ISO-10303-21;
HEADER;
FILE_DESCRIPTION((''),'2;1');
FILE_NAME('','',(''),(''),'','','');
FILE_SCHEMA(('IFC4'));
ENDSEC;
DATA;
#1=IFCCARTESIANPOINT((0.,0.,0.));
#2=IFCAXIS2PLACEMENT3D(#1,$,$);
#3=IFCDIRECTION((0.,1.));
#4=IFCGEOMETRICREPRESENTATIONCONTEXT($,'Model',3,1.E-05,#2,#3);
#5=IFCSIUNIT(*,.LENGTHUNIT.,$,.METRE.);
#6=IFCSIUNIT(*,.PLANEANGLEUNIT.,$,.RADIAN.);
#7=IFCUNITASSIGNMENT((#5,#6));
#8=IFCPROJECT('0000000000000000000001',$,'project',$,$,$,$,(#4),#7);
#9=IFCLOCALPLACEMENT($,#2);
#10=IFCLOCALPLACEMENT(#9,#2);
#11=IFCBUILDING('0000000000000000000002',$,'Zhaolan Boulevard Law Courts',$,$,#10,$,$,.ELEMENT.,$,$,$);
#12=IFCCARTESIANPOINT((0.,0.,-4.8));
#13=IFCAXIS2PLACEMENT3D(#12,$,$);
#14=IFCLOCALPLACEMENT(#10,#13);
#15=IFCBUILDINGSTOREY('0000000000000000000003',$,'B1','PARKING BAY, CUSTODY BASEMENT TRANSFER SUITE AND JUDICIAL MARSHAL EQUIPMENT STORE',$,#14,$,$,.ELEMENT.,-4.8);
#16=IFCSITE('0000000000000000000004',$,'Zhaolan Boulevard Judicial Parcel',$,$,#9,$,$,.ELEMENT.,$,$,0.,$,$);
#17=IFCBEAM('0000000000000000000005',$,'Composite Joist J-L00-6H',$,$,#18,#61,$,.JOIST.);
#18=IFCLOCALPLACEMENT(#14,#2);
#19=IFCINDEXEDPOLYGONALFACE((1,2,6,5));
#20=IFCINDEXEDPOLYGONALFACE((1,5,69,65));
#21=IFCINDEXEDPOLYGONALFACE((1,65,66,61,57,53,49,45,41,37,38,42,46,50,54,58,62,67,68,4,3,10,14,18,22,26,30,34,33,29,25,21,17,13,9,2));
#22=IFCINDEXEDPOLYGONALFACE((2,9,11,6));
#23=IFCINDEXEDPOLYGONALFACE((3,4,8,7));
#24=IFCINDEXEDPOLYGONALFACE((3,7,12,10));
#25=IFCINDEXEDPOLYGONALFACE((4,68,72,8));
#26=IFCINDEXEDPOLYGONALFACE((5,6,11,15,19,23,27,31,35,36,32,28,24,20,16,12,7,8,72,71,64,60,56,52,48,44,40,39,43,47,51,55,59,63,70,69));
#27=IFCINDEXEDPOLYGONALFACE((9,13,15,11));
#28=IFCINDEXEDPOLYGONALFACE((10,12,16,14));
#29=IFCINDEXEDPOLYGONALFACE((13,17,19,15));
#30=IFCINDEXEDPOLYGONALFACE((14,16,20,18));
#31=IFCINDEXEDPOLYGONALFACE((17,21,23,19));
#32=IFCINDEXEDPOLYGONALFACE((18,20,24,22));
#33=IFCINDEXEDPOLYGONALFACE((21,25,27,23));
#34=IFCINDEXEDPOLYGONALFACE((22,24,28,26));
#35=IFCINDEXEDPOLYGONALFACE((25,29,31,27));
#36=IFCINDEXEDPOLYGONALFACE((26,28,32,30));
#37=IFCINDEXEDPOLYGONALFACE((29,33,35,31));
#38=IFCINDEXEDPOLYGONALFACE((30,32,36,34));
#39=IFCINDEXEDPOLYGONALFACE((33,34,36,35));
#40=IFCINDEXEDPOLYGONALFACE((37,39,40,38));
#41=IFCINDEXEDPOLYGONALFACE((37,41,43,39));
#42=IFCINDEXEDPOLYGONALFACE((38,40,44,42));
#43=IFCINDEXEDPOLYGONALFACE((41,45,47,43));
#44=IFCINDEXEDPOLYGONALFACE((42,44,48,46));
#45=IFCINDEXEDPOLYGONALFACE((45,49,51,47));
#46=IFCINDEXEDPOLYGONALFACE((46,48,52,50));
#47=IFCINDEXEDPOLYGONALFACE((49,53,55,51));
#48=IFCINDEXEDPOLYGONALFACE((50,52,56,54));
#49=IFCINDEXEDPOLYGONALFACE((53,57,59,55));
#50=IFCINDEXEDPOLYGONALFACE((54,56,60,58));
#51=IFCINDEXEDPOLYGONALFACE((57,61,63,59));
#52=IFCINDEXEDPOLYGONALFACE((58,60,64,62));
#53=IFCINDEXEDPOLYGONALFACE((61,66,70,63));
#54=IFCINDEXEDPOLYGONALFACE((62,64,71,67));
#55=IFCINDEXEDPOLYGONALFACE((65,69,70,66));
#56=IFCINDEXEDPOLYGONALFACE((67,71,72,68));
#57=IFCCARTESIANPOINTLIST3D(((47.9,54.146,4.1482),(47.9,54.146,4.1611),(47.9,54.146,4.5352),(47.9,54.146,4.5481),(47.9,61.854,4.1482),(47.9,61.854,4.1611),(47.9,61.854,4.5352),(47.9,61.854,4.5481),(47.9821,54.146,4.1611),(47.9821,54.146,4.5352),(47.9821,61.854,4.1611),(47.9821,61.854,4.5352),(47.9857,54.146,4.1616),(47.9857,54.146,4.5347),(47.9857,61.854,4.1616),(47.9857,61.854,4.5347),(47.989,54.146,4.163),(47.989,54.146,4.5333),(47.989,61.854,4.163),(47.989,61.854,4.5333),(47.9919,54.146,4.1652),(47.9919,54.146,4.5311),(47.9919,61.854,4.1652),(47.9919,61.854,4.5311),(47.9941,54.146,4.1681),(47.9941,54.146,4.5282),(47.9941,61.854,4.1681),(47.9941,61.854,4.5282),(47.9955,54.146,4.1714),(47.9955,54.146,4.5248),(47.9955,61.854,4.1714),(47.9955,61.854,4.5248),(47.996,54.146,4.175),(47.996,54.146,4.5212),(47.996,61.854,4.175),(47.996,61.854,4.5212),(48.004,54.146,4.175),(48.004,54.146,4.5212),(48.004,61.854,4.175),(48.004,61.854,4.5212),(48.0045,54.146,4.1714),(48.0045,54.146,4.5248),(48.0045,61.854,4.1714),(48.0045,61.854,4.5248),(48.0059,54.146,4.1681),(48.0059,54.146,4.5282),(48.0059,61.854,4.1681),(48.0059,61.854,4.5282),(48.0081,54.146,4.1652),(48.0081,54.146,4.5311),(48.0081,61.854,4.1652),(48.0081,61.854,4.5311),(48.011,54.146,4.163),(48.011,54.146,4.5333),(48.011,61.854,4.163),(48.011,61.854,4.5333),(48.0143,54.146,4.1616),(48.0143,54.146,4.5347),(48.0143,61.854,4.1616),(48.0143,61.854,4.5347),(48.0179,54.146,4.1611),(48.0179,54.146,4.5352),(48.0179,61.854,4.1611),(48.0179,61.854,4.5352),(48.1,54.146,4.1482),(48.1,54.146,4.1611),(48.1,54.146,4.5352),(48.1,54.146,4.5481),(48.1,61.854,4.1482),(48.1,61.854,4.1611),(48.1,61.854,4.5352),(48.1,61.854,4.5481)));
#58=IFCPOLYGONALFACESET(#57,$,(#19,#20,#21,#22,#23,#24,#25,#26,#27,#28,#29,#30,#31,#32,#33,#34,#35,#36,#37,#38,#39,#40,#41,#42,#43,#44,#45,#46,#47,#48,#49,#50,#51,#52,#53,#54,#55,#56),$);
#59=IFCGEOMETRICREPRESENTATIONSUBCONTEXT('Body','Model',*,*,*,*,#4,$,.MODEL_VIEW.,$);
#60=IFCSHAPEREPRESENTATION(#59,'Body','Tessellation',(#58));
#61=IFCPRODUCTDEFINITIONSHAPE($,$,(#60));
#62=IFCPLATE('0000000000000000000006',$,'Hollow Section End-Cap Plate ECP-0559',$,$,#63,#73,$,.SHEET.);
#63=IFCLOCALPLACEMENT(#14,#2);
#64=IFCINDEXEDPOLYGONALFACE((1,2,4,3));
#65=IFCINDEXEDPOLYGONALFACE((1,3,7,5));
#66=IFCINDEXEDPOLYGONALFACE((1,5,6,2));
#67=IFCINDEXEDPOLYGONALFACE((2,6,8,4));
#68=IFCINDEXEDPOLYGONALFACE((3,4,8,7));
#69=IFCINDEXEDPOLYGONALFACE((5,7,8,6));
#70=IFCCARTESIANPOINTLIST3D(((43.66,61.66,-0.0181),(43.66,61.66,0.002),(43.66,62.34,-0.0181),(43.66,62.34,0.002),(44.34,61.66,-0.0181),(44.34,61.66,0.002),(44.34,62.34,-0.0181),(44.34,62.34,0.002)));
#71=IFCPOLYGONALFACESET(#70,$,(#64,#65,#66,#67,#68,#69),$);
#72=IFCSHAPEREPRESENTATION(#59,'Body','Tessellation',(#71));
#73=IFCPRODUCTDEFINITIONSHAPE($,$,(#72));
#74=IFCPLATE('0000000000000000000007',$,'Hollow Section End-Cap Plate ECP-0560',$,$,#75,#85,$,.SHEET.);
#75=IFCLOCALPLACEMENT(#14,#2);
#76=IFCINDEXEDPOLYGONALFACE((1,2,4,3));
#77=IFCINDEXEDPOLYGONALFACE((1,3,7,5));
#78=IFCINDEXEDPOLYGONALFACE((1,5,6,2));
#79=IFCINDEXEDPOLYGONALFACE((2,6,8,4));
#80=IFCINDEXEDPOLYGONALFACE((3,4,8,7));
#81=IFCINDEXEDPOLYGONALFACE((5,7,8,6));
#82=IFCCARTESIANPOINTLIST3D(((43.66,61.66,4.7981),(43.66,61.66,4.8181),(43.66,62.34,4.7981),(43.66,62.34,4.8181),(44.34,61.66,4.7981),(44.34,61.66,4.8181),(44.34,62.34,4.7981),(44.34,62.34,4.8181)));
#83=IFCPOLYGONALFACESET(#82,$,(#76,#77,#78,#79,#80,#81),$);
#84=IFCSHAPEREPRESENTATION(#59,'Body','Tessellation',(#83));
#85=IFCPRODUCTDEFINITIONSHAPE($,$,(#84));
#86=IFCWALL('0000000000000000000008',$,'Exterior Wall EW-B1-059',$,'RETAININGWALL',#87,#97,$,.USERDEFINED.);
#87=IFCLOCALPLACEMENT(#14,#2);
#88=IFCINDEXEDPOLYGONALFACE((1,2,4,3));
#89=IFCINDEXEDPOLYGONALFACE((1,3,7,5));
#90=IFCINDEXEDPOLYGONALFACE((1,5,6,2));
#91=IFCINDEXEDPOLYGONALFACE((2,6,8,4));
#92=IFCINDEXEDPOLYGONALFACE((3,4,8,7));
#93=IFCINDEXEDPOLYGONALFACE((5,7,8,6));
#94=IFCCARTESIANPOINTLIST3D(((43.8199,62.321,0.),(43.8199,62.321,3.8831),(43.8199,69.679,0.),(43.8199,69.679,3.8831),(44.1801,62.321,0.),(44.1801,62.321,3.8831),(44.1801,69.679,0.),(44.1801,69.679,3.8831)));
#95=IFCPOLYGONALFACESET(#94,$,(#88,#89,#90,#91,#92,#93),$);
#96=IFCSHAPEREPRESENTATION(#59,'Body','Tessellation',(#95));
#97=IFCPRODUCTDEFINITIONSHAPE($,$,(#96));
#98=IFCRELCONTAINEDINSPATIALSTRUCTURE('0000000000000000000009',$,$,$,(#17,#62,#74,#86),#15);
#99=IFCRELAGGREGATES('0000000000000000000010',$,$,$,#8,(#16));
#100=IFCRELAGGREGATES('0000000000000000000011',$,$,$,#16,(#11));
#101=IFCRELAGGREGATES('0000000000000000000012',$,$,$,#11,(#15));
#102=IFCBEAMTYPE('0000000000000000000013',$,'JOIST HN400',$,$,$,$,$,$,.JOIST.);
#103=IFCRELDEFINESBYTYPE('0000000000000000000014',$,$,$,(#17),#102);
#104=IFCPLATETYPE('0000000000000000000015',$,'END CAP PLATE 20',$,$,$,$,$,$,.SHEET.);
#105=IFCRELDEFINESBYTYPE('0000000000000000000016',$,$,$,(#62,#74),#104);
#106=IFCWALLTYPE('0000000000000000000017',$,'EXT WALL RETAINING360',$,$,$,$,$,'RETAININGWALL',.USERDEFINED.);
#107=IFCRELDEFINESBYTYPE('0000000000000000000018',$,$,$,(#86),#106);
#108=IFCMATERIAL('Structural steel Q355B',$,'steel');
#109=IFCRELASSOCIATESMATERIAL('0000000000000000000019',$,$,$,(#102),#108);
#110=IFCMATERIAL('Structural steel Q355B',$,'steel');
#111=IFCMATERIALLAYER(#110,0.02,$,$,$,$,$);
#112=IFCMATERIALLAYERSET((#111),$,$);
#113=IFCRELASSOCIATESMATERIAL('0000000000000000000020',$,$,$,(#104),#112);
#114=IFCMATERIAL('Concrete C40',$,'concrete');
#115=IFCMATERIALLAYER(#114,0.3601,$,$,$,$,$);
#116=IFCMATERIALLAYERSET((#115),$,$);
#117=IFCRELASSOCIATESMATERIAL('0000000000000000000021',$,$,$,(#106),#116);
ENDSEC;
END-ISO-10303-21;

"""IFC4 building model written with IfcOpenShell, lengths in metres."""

from ifc_helpers import new_model, si_unit, direction, frame, frame_2d, origin, origin_2d, place, context, subcontext, project, spatial, rectangle, i_section, extrude, material, layer, layer_set, material_profile, profile_set, type_object, element, save


model = new_model("IFC4")

# Units and contexts
model_context = context("Model", 3, precision=1e-05, world=origin(), true_north=direction((0.0, 1.0)))
body_context = subcontext(model_context, "Body", "Model", "MODEL_VIEW")
ifc_project = project(units=[si_unit("LENGTHUNIT", "METRE"), si_unit("PLANEANGLEUNIT", "RADIAN")], contexts=[model_context])

# Site, building, storey
site_placement = place(None, origin())
site = spatial("IfcSite", under=ifc_project, at=site_placement, Name="Zhaolan Boulevard Judicial Parcel", CompositionType="ELEMENT", RefElevation=0.0)
building_placement = place(site_placement, origin())
building = spatial("IfcBuilding", under=site, at=building_placement, Name="Zhaolan Boulevard Law Courts", CompositionType="ELEMENT")
storey_placement = place(building_placement, frame((0.0, 0.0, -4.8)))
storey = spatial("IfcBuildingStorey", under=building, at=storey_placement, Name="B1", Description="PARKING BAY, CUSTODY BASEMENT TRANSFER SUITE AND JUDICIAL MARSHAL EQUIPMENT STORE", CompositionType="ELEMENT", Elevation=-4.8)

# Beam
ifc_material_1 = material(Name="Structural steel Q355B", Category="steel")
ifc_material_profile_1 = material_profile(ifc_material_1, i_section(OverallWidth=0.2, OverallDepth=0.3999, WebThickness=0.0081, FlangeThickness=0.0129, FilletRadius=0.0139, at=origin_2d()), Name="HN400x200")
ifc_profile_set_1 = profile_set([ifc_material_profile_1], Name="Structural steel Q355B")
beam_type_1 = type_object("IfcBeamType", Name="JOIST HN400", PredefinedType="JOIST", material=ifc_profile_set_1)
beam_1_placement = place(storey_placement, frame((48.0, 54.146, 4.3481), z_axis=(0.0, 1.0, 0.0), x_axis=(-1.0, 0.0, 0.0)))
element("IfcBeam", 1, at=beam_1_placement, inside=storey, type_object=beam_type_1, Name="Composite Joist J-L00-6H", PredefinedType="JOIST", context=body_context, shape_type="SweptSolid", body=[
    extrude(i_section(OverallWidth=0.2, OverallDepth=0.3999, WebThickness=0.0081, FlangeThickness=0.0129, FilletRadius=0.0139, at=origin_2d()), origin(), (0.0, 0.0, 1.0), 7.708),
])

# Plates
ifc_material_2 = material(Name="Structural steel Q355B", Category="steel")
ifc_layer_1 = layer(ifc_material_2, 0.02)
ifc_layer_set_1 = layer_set([ifc_layer_1])
plate_type = type_object("IfcPlateType", Name="END CAP PLATE 20", PredefinedType="SHEET", material=ifc_layer_set_1)
for number, where, z_axis, x_axis, name in (
    (2, (44.0, 62.0, -0.0181), (0.0, 0.0, 1.0), (1.0, 0.0, 0.0), "Hollow Section End-Cap Plate ECP-0559"),
    (3, (44.0, 62.0, 4.7981), (0.0, 0.0, 1.0), (1.0, 0.0, 0.0), "Hollow Section End-Cap Plate ECP-0560"),
):
    element("IfcPlate", number, at=place(storey_placement, frame(where, z_axis=z_axis, x_axis=x_axis)), inside=storey, type_object=plate_type, Name=name, PredefinedType="SHEET", context=body_context, shape_type="SweptSolid", body=[
        extrude(rectangle(XDim=0.6799, YDim=0.6799, at=origin_2d()), origin(), (0.0, 0.0, 1.0), 0.02),
    ])

# Wall
ifc_material_3 = material(Name="Concrete C40", Category="concrete")
ifc_layer_2 = layer(ifc_material_3, 0.3601)
ifc_layer_set_2 = layer_set([ifc_layer_2])
wall_type = type_object("IfcWallType", Name="EXT WALL RETAINING360", ElementType="RETAININGWALL", PredefinedType="USERDEFINED", material=ifc_layer_set_2)
wall_placement = place(storey_placement, frame((44.0, 62.321, 0.0), z_axis=(0.0, 0.0, 1.0), x_axis=(0.0, 1.0, 0.0)))
element("IfcWall", 4, at=wall_placement, inside=storey, type_object=wall_type, Name="Exterior Wall EW-B1-059", ObjectType="RETAININGWALL", PredefinedType="USERDEFINED", context=body_context, shape_type="SweptSolid", body=[
    extrude(rectangle(XDim=7.3579, YDim=0.3601, at=frame_2d((3.679, 0.0))), origin(), (0.0, 0.0, 1.0), 3.8831),
])

save(model, "model.ifc")
